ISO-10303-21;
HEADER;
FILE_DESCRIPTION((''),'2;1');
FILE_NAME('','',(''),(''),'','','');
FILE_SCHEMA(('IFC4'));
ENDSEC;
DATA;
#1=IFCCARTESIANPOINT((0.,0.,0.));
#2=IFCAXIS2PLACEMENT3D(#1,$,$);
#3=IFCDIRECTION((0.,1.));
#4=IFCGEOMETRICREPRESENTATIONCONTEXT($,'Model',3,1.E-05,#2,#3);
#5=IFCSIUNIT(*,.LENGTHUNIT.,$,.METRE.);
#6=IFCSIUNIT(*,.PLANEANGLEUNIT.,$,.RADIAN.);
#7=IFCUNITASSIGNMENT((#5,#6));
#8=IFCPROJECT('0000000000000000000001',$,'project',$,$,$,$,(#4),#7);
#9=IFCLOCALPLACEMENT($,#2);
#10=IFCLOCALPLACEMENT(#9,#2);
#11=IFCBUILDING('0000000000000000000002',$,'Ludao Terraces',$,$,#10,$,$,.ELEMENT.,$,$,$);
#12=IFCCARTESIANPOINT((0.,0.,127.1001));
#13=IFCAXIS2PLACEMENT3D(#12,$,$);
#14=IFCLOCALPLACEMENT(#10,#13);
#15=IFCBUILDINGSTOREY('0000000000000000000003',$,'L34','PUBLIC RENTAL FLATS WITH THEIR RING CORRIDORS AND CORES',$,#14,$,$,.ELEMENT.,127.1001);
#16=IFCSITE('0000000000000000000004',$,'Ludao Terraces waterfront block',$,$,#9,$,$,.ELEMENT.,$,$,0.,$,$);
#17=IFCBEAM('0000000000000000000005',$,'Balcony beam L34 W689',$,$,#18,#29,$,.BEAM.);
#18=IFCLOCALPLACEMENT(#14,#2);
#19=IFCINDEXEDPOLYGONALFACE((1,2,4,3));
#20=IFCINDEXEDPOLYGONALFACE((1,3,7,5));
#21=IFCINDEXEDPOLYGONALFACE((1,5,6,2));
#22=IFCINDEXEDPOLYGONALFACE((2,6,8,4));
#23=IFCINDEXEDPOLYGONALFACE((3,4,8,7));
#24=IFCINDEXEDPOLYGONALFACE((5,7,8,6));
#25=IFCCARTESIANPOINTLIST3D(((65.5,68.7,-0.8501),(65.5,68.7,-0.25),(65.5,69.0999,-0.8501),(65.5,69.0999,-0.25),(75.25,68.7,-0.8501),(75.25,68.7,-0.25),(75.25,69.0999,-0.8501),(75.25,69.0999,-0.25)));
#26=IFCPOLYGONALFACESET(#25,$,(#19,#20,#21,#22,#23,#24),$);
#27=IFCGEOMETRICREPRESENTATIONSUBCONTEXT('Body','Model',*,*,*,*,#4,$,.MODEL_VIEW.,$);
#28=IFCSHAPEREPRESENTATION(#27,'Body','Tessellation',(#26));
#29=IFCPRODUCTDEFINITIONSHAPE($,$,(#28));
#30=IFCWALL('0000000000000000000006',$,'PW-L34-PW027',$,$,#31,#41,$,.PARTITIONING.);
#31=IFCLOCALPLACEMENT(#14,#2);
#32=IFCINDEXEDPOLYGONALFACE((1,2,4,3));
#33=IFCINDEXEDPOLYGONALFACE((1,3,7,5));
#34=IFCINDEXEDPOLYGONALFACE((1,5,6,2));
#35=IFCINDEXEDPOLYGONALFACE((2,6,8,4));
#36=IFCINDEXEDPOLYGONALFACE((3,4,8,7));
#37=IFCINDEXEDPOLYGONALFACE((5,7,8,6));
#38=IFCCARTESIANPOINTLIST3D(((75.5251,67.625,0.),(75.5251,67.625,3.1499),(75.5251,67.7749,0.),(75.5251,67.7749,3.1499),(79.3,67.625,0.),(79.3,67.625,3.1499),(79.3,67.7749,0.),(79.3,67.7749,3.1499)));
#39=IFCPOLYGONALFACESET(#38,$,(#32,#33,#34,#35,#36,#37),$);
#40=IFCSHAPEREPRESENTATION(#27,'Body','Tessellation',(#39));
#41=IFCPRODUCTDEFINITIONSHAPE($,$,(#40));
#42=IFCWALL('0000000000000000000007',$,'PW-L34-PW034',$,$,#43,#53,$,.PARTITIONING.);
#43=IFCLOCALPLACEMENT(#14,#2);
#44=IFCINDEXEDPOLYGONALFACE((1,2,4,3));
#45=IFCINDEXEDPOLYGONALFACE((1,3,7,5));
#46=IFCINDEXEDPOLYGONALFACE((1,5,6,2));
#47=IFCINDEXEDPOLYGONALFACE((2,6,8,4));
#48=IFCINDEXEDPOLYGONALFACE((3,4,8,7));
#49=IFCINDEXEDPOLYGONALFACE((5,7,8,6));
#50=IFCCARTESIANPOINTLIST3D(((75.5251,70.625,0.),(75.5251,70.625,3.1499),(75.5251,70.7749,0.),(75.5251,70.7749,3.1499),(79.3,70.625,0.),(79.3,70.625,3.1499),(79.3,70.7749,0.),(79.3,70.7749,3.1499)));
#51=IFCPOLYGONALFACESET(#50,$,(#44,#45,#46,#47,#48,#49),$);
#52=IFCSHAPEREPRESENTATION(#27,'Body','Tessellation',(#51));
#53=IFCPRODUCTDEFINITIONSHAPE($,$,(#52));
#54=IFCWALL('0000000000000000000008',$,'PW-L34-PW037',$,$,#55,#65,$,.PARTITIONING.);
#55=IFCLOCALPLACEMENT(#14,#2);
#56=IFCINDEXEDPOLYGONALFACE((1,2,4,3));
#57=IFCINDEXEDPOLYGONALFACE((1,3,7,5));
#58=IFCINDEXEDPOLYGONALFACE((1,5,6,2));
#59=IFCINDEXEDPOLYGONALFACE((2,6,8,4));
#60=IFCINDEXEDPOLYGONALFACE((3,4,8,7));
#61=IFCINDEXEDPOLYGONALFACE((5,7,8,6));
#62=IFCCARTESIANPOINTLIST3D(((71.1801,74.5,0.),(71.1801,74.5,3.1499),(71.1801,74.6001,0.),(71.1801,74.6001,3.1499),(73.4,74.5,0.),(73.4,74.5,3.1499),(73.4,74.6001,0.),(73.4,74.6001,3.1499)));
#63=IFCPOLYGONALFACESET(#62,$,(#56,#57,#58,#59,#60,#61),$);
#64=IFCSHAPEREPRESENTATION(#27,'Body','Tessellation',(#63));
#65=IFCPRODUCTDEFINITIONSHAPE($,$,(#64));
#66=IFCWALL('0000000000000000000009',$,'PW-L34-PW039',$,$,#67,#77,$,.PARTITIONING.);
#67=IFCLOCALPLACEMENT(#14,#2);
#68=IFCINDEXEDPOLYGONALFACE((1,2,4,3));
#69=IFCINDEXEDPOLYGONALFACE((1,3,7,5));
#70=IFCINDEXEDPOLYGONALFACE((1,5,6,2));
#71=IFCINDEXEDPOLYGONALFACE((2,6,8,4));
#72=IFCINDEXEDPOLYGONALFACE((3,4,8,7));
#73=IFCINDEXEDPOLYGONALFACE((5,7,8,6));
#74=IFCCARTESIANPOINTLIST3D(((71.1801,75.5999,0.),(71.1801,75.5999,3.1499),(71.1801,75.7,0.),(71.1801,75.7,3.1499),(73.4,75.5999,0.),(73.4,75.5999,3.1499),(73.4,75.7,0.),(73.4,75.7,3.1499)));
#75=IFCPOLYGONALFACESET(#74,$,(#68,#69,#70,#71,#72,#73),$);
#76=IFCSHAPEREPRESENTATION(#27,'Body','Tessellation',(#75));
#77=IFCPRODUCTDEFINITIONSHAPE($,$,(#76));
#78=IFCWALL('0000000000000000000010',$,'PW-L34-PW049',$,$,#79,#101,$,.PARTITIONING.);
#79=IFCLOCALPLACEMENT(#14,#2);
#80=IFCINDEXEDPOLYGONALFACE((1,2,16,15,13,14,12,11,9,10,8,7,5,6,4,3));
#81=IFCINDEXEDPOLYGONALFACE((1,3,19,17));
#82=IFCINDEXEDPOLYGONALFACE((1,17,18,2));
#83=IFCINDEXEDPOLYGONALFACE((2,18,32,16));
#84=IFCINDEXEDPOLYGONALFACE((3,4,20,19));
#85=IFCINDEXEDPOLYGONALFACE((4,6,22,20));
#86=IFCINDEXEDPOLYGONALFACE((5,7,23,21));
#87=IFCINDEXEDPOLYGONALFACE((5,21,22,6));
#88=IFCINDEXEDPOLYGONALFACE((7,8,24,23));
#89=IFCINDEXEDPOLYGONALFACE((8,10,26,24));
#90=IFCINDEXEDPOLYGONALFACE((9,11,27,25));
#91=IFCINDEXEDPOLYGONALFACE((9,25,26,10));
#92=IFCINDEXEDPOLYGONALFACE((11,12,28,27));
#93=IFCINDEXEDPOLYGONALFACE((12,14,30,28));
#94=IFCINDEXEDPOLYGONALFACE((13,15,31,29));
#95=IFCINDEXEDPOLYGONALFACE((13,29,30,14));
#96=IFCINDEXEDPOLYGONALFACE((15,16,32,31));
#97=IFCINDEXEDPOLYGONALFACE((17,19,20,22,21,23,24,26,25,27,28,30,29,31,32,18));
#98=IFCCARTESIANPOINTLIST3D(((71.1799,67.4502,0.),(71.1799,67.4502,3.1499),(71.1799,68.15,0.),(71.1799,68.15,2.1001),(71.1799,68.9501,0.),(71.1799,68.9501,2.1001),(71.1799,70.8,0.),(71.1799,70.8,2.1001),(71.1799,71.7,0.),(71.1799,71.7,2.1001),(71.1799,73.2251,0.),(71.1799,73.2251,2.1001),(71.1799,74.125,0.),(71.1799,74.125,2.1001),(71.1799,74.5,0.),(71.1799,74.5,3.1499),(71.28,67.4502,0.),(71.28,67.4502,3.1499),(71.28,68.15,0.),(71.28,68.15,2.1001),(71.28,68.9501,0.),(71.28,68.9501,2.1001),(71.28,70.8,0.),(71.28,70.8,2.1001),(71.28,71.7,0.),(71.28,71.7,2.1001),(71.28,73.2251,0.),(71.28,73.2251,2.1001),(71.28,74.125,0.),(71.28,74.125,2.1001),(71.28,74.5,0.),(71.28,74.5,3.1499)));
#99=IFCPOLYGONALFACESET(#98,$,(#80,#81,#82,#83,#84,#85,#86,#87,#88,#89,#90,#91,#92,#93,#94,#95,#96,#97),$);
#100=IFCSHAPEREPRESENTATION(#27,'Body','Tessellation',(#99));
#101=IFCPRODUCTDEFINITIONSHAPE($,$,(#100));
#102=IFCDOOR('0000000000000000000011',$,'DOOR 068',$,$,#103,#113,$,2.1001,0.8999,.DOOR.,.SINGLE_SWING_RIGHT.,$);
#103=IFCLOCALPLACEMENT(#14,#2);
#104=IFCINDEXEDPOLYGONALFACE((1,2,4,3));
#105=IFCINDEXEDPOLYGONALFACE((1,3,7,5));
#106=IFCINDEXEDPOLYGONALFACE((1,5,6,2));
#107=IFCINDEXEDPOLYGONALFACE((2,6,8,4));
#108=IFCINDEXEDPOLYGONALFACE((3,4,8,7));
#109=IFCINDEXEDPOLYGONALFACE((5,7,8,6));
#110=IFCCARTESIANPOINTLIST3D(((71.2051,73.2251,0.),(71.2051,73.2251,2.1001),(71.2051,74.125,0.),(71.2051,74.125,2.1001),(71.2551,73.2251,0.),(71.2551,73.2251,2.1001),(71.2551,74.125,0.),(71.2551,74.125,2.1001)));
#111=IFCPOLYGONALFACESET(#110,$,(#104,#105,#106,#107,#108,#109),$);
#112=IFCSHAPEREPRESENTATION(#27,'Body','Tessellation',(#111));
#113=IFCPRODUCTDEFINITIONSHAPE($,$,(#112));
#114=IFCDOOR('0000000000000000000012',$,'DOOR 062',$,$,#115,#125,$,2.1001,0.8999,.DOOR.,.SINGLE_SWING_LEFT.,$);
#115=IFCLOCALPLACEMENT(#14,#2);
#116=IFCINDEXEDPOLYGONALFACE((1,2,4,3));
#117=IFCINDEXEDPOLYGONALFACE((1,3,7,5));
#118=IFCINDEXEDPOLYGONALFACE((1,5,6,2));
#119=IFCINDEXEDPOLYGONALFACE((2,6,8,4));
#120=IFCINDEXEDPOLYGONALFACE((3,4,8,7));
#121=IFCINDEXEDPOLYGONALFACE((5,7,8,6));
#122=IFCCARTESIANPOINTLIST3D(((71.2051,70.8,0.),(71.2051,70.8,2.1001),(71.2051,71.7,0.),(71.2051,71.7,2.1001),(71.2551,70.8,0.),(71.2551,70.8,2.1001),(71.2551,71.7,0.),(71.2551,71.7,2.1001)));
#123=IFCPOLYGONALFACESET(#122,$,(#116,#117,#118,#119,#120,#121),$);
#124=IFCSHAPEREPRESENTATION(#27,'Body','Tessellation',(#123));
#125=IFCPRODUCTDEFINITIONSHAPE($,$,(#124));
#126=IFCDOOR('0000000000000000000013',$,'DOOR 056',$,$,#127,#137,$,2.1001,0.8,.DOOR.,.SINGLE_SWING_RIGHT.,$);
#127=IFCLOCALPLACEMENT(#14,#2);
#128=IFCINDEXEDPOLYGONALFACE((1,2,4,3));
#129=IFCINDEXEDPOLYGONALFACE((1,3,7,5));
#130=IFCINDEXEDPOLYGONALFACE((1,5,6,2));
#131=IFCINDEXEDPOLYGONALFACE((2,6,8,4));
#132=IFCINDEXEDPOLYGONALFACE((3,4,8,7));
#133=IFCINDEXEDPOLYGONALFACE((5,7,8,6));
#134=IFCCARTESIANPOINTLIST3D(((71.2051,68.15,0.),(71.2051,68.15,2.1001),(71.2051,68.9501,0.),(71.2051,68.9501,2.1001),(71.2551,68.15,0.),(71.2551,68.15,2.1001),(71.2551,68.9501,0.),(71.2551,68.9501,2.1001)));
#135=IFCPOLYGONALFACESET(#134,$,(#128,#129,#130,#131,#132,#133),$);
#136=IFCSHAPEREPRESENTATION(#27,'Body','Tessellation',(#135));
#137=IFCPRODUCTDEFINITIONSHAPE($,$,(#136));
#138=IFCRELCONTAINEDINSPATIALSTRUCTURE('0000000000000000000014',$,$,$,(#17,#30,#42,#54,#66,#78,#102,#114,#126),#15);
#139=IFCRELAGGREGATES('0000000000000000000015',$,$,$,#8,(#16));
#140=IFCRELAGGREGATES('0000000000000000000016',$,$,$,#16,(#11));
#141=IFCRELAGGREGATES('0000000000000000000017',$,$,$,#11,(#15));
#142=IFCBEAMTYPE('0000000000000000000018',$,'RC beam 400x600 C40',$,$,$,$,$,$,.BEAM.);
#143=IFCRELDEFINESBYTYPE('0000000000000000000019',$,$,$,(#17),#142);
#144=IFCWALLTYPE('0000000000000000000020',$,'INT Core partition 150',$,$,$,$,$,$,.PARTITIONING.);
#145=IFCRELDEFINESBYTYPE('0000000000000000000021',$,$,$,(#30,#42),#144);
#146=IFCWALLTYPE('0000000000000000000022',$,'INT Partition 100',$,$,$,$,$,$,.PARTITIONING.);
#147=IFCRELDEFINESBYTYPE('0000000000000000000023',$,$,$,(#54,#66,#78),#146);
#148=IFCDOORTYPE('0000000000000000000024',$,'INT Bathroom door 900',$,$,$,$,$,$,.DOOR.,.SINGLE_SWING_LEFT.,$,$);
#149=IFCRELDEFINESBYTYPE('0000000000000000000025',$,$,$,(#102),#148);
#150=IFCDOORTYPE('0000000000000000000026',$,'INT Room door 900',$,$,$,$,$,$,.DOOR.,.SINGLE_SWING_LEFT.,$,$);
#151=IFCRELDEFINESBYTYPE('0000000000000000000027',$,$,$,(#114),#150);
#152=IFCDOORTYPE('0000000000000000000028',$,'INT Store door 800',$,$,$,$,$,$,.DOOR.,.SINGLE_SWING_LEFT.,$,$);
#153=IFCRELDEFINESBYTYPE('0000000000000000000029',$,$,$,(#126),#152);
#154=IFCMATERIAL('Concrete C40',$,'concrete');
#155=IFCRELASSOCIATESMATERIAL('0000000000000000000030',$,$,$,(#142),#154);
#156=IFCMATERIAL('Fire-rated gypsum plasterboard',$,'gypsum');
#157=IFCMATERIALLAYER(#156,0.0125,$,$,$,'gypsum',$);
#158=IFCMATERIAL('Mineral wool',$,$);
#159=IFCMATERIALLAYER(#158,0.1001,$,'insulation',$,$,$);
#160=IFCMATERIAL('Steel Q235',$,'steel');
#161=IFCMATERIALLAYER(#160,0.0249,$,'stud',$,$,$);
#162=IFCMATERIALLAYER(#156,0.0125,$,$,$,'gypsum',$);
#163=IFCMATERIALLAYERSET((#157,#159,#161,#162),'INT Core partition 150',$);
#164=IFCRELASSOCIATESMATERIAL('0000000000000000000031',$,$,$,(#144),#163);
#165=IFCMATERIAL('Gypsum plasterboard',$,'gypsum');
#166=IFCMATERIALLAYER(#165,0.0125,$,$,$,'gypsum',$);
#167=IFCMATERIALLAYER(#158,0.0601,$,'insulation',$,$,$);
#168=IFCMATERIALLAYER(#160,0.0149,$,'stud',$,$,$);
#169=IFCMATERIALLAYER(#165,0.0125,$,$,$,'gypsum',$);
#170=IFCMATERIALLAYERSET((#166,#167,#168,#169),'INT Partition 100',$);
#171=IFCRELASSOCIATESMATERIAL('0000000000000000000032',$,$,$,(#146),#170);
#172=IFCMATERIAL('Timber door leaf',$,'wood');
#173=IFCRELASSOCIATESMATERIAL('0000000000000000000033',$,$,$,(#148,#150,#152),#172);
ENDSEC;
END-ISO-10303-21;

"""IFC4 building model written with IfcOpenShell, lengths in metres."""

from ifc_helpers import new_model, si_unit, direction, frame, frame_2d, origin, origin_2d, place, context, subcontext, project, spatial, rectangle, extrude, material, layer, layer_set, material_profile, profile_set, type_object, element, fill, save


model = new_model("IFC4")

# Units and contexts
model_context = context("Model", 3, precision=1e-05, world=origin(), true_north=direction((0.0, 1.0)))
body_context = subcontext(model_context, "Body", "Model", "MODEL_VIEW")
ifc_project = project(units=[si_unit("LENGTHUNIT", "METRE"), si_unit("PLANEANGLEUNIT", "RADIAN")], contexts=[model_context])

# Site, building, storey
site_placement = place(None, origin())
site = spatial("IfcSite", under=ifc_project, at=site_placement, Name="Ludao Terraces waterfront block", CompositionType="ELEMENT", RefElevation=0.0)
building_placement = place(site_placement, origin())
building = spatial("IfcBuilding", under=site, at=building_placement, Name="Ludao Terraces", CompositionType="ELEMENT")
storey_placement = place(building_placement, frame((0.0, 0.0, 127.1001)))
storey = spatial("IfcBuildingStorey", under=building, at=storey_placement, Name="L34", Description="PUBLIC RENTAL FLATS WITH THEIR RING CORRIDORS AND CORES", CompositionType="ELEMENT", Elevation=127.1001)

# Beam
ifc_material_1 = material(Name="Concrete C40", Category="concrete")
ifc_material_profile = material_profile(ifc_material_1, rectangle(XDim=0.3999, YDim=0.6001, at=origin_2d()), Name="400 X 600")
ifc_profile_set = profile_set([ifc_material_profile], Name="Concrete C40")
beam_type = type_object("IfcBeamType", Name="RC beam 400x600 C40", PredefinedType="BEAM", material=ifc_profile_set)
beam_placement = place(storey_placement, frame((75.25, 68.8999, -0.55), z_axis=(-1.0, 0.0, 0.0), x_axis=(0.0, -1.0, 0.0)))
element("IfcBeam", 1, at=beam_placement, inside=storey, type_object=beam_type, Name="Balcony beam L34 W689", PredefinedType="BEAM", context=body_context, shape_type="SweptSolid", body=[
    extrude(rectangle(XDim=0.3999, YDim=0.6001, at=origin_2d()), origin(), (0.0, 0.0, 1.0), 9.75),
])

# Walls
ifc_material_2 = material(Name="Fire-rated gypsum plasterboard", Category="gypsum")
ifc_layer_1 = layer(ifc_material_2, 0.0125, Category="gypsum")
ifc_material_3 = material(Name="Mineral wool")
ifc_layer_2 = layer(ifc_material_3, 0.1001, Name="insulation")
ifc_material_4 = material(Name="Steel Q235", Category="steel")
ifc_layer_3 = layer(ifc_material_4, 0.0249, Name="stud")
ifc_layer_4 = layer(ifc_material_2, 0.0125, Category="gypsum")
ifc_layer_set_1 = layer_set([ifc_layer_1, ifc_layer_2, ifc_layer_3, ifc_layer_4], Name="INT Core partition 150")
wall_type_1 = type_object("IfcWallType", Name="INT Core partition 150", PredefinedType="PARTITIONING", material=ifc_layer_set_1)
for number, where, z_axis, x_axis, name in (
    (2, (75.5251, 67.7, 0.0), (0.0, 0.0, 1.0), (1.0, 0.0, 0.0), "PW-L34-PW027"),
    (3, (75.5251, 70.7, 0.0), (0.0, 0.0, 1.0), (1.0, 0.0, 0.0), "PW-L34-PW034"),
):
    element("IfcWall", number, at=place(storey_placement, frame(where, z_axis=z_axis, x_axis=x_axis)), inside=storey, type_object=wall_type_1, Name=name, PredefinedType="PARTITIONING", context=body_context, shape_type="SweptSolid", body=[
        extrude(rectangle(XDim=3.7749, YDim=0.1499, at=frame_2d((1.8875, 0.0))), origin(), (0.0, 0.0, 1.0), 3.1499),
    ])
ifc_material_5 = material(Name="Gypsum plasterboard", Category="gypsum")
ifc_layer_5 = layer(ifc_material_5, 0.0125, Category="gypsum")
ifc_layer_6 = layer(ifc_material_3, 0.0601, Name="insulation")
ifc_layer_7 = layer(ifc_material_4, 0.0149, Name="stud")
ifc_layer_8 = layer(ifc_material_5, 0.0125, Category="gypsum")
ifc_layer_set_2 = layer_set([ifc_layer_5, ifc_layer_6, ifc_layer_7, ifc_layer_8], Name="INT Partition 100")
wall_type_2 = type_object("IfcWallType", Name="INT Partition 100", PredefinedType="PARTITIONING", material=ifc_layer_set_2)
for number, where, z_axis, x_axis, name in (
    (4, (71.1802, 74.55, 0.0), (0.0, 0.0, 1.0), (1.0, 0.0, 0.0), "PW-L34-PW037"),
    (5, (71.1802, 75.6499, 0.0), (0.0, 0.0, 1.0), (1.0, 0.0, 0.0), "PW-L34-PW039"),
):
    element("IfcWall", number, at=place(storey_placement, frame(where, z_axis=z_axis, x_axis=x_axis)), inside=storey, type_object=wall_type_2, Name=name, PredefinedType="PARTITIONING", context=body_context, shape_type="SweptSolid", body=[
        extrude(rectangle(XDim=2.22, YDim=0.1001, at=frame_2d((1.1099, 0.0))), origin(), (0.0, 0.0, 1.0), 3.1499),
    ])

# Wall, openings, doors
wall_1_placement = place(storey_placement, frame((71.23, 67.4502, 0.0), z_axis=(0.0, 0.0, 1.0), x_axis=(0.0, 1.0, 0.0)))
wall_1 = element("IfcWall", 6, at=wall_1_placement, inside=storey, type_object=wall_type_2, Name="PW-L34-PW049", PredefinedType="PARTITIONING", context=body_context, shape_type="SweptSolid", body=[
    extrude(rectangle(XDim=7.0498, YDim=0.1001, at=frame_2d((3.5249, 0.0))), origin(), (0.0, 0.0, 1.0), 3.1499),
])
opening_1_placement = place(wall_1_placement, frame((0.7, 0.0, 0.0)))
opening_1 = element("IfcOpeningElement", 7, at=opening_1_placement, cuts=wall_1, PredefinedType="OPENING", context=body_context, shape_type="SweptSolid", body=[
    extrude(rectangle(XDim=0.8, YDim=2.1001, at=frame_2d((0.3999, 1.05))), frame((0.0, 0.0601, 0.0), z_axis=(0.0, -1.0, 0.0), x_axis=(1.0, 0.0, 0.0)), (0.0, 0.0, 1.0), 0.1201),
])
opening_2_placement = place(wall_1_placement, frame((3.3499, 0.0, 0.0)))
opening_2 = element("IfcOpeningElement", 8, at=opening_2_placement, cuts=wall_1, PredefinedType="OPENING", context=body_context, shape_type="SweptSolid", body=[
    extrude(rectangle(XDim=0.8999, YDim=2.1001, at=frame_2d((0.45, 1.05))), frame((0.0, 0.0601, 0.0), z_axis=(0.0, -1.0, 0.0), x_axis=(1.0, 0.0, 0.0)), (0.0, 0.0, 1.0), 0.1201),
])
opening_3_placement = place(wall_1_placement, frame((5.7749, 0.0, 0.0)))
opening_3 = element("IfcOpeningElement", 9, at=opening_3_placement, cuts=wall_1, PredefinedType="OPENING", context=body_context, shape_type="SweptSolid", body=[
    extrude(rectangle(XDim=0.8999, YDim=2.1001, at=frame_2d((0.45, 1.05))), frame((0.0, 0.0601, 0.0), z_axis=(0.0, -1.0, 0.0), x_axis=(1.0, 0.0, 0.0)), (0.0, 0.0, 1.0), 0.1201),
])
ifc_material_6 = material(Name="Timber door leaf", Category="wood")
door_type_1 = type_object("IfcDoorType", Name="INT Bathroom door 900", OperationType="SINGLE_SWING_LEFT", PredefinedType="DOOR", material=ifc_material_6)
door_1_placement = place(opening_3_placement, origin())
door_1 = element("IfcDoor", 10, at=door_1_placement, inside=storey, type_object=door_type_1, Name="DOOR 068", OperationType="SINGLE_SWING_RIGHT", OverallHeight=2.1001, OverallWidth=0.8999, PredefinedType="DOOR", context=body_context, shape_type="SweptSolid", body=[
    extrude(rectangle(XDim=0.8999, YDim=2.1001, at=frame_2d((0.45, 1.05))), frame((0.0, 0.0249, 0.0), z_axis=(0.0, -1.0, 0.0), x_axis=(1.0, 0.0, 0.0)), (0.0, 0.0, 1.0), 0.05),
])
fill(opening_3, door_1)
door_type_2 = type_object("IfcDoorType", Name="INT Room door 900", OperationType="SINGLE_SWING_LEFT", PredefinedType="DOOR", material=ifc_material_6)
door_2_placement = place(opening_2_placement, origin())
door_2 = element("IfcDoor", 11, at=door_2_placement, inside=storey, type_object=door_type_2, Name="DOOR 062", OperationType="SINGLE_SWING_LEFT", OverallHeight=2.1001, OverallWidth=0.8999, PredefinedType="DOOR", context=body_context, shape_type="SweptSolid", body=[
    extrude(rectangle(XDim=0.8999, YDim=2.1001, at=frame_2d((0.45, 1.05))), frame((0.0, 0.0249, 0.0), z_axis=(0.0, -1.0, 0.0), x_axis=(1.0, 0.0, 0.0)), (0.0, 0.0, 1.0), 0.05),
])
fill(opening_2, door_2)
door_type_3 = type_object("IfcDoorType", Name="INT Store door 800", OperationType="SINGLE_SWING_LEFT", PredefinedType="DOOR", material=ifc_material_6)
door_3_placement = place(opening_1_placement, origin())
door_3 = element("IfcDoor", 12, at=door_3_placement, inside=storey, type_object=door_type_3, Name="DOOR 056", OperationType="SINGLE_SWING_RIGHT", OverallHeight=2.1001, OverallWidth=0.8, PredefinedType="DOOR", context=body_context, shape_type="SweptSolid", body=[
    extrude(rectangle(XDim=0.8, YDim=2.1001, at=frame_2d((0.3999, 1.05))), frame((0.0, 0.0249, 0.0), z_axis=(0.0, -1.0, 0.0), x_axis=(1.0, 0.0, 0.0)), (0.0, 0.0, 1.0), 0.05),
])
fill(opening_1, door_3)

save(model, "model.ifc")
